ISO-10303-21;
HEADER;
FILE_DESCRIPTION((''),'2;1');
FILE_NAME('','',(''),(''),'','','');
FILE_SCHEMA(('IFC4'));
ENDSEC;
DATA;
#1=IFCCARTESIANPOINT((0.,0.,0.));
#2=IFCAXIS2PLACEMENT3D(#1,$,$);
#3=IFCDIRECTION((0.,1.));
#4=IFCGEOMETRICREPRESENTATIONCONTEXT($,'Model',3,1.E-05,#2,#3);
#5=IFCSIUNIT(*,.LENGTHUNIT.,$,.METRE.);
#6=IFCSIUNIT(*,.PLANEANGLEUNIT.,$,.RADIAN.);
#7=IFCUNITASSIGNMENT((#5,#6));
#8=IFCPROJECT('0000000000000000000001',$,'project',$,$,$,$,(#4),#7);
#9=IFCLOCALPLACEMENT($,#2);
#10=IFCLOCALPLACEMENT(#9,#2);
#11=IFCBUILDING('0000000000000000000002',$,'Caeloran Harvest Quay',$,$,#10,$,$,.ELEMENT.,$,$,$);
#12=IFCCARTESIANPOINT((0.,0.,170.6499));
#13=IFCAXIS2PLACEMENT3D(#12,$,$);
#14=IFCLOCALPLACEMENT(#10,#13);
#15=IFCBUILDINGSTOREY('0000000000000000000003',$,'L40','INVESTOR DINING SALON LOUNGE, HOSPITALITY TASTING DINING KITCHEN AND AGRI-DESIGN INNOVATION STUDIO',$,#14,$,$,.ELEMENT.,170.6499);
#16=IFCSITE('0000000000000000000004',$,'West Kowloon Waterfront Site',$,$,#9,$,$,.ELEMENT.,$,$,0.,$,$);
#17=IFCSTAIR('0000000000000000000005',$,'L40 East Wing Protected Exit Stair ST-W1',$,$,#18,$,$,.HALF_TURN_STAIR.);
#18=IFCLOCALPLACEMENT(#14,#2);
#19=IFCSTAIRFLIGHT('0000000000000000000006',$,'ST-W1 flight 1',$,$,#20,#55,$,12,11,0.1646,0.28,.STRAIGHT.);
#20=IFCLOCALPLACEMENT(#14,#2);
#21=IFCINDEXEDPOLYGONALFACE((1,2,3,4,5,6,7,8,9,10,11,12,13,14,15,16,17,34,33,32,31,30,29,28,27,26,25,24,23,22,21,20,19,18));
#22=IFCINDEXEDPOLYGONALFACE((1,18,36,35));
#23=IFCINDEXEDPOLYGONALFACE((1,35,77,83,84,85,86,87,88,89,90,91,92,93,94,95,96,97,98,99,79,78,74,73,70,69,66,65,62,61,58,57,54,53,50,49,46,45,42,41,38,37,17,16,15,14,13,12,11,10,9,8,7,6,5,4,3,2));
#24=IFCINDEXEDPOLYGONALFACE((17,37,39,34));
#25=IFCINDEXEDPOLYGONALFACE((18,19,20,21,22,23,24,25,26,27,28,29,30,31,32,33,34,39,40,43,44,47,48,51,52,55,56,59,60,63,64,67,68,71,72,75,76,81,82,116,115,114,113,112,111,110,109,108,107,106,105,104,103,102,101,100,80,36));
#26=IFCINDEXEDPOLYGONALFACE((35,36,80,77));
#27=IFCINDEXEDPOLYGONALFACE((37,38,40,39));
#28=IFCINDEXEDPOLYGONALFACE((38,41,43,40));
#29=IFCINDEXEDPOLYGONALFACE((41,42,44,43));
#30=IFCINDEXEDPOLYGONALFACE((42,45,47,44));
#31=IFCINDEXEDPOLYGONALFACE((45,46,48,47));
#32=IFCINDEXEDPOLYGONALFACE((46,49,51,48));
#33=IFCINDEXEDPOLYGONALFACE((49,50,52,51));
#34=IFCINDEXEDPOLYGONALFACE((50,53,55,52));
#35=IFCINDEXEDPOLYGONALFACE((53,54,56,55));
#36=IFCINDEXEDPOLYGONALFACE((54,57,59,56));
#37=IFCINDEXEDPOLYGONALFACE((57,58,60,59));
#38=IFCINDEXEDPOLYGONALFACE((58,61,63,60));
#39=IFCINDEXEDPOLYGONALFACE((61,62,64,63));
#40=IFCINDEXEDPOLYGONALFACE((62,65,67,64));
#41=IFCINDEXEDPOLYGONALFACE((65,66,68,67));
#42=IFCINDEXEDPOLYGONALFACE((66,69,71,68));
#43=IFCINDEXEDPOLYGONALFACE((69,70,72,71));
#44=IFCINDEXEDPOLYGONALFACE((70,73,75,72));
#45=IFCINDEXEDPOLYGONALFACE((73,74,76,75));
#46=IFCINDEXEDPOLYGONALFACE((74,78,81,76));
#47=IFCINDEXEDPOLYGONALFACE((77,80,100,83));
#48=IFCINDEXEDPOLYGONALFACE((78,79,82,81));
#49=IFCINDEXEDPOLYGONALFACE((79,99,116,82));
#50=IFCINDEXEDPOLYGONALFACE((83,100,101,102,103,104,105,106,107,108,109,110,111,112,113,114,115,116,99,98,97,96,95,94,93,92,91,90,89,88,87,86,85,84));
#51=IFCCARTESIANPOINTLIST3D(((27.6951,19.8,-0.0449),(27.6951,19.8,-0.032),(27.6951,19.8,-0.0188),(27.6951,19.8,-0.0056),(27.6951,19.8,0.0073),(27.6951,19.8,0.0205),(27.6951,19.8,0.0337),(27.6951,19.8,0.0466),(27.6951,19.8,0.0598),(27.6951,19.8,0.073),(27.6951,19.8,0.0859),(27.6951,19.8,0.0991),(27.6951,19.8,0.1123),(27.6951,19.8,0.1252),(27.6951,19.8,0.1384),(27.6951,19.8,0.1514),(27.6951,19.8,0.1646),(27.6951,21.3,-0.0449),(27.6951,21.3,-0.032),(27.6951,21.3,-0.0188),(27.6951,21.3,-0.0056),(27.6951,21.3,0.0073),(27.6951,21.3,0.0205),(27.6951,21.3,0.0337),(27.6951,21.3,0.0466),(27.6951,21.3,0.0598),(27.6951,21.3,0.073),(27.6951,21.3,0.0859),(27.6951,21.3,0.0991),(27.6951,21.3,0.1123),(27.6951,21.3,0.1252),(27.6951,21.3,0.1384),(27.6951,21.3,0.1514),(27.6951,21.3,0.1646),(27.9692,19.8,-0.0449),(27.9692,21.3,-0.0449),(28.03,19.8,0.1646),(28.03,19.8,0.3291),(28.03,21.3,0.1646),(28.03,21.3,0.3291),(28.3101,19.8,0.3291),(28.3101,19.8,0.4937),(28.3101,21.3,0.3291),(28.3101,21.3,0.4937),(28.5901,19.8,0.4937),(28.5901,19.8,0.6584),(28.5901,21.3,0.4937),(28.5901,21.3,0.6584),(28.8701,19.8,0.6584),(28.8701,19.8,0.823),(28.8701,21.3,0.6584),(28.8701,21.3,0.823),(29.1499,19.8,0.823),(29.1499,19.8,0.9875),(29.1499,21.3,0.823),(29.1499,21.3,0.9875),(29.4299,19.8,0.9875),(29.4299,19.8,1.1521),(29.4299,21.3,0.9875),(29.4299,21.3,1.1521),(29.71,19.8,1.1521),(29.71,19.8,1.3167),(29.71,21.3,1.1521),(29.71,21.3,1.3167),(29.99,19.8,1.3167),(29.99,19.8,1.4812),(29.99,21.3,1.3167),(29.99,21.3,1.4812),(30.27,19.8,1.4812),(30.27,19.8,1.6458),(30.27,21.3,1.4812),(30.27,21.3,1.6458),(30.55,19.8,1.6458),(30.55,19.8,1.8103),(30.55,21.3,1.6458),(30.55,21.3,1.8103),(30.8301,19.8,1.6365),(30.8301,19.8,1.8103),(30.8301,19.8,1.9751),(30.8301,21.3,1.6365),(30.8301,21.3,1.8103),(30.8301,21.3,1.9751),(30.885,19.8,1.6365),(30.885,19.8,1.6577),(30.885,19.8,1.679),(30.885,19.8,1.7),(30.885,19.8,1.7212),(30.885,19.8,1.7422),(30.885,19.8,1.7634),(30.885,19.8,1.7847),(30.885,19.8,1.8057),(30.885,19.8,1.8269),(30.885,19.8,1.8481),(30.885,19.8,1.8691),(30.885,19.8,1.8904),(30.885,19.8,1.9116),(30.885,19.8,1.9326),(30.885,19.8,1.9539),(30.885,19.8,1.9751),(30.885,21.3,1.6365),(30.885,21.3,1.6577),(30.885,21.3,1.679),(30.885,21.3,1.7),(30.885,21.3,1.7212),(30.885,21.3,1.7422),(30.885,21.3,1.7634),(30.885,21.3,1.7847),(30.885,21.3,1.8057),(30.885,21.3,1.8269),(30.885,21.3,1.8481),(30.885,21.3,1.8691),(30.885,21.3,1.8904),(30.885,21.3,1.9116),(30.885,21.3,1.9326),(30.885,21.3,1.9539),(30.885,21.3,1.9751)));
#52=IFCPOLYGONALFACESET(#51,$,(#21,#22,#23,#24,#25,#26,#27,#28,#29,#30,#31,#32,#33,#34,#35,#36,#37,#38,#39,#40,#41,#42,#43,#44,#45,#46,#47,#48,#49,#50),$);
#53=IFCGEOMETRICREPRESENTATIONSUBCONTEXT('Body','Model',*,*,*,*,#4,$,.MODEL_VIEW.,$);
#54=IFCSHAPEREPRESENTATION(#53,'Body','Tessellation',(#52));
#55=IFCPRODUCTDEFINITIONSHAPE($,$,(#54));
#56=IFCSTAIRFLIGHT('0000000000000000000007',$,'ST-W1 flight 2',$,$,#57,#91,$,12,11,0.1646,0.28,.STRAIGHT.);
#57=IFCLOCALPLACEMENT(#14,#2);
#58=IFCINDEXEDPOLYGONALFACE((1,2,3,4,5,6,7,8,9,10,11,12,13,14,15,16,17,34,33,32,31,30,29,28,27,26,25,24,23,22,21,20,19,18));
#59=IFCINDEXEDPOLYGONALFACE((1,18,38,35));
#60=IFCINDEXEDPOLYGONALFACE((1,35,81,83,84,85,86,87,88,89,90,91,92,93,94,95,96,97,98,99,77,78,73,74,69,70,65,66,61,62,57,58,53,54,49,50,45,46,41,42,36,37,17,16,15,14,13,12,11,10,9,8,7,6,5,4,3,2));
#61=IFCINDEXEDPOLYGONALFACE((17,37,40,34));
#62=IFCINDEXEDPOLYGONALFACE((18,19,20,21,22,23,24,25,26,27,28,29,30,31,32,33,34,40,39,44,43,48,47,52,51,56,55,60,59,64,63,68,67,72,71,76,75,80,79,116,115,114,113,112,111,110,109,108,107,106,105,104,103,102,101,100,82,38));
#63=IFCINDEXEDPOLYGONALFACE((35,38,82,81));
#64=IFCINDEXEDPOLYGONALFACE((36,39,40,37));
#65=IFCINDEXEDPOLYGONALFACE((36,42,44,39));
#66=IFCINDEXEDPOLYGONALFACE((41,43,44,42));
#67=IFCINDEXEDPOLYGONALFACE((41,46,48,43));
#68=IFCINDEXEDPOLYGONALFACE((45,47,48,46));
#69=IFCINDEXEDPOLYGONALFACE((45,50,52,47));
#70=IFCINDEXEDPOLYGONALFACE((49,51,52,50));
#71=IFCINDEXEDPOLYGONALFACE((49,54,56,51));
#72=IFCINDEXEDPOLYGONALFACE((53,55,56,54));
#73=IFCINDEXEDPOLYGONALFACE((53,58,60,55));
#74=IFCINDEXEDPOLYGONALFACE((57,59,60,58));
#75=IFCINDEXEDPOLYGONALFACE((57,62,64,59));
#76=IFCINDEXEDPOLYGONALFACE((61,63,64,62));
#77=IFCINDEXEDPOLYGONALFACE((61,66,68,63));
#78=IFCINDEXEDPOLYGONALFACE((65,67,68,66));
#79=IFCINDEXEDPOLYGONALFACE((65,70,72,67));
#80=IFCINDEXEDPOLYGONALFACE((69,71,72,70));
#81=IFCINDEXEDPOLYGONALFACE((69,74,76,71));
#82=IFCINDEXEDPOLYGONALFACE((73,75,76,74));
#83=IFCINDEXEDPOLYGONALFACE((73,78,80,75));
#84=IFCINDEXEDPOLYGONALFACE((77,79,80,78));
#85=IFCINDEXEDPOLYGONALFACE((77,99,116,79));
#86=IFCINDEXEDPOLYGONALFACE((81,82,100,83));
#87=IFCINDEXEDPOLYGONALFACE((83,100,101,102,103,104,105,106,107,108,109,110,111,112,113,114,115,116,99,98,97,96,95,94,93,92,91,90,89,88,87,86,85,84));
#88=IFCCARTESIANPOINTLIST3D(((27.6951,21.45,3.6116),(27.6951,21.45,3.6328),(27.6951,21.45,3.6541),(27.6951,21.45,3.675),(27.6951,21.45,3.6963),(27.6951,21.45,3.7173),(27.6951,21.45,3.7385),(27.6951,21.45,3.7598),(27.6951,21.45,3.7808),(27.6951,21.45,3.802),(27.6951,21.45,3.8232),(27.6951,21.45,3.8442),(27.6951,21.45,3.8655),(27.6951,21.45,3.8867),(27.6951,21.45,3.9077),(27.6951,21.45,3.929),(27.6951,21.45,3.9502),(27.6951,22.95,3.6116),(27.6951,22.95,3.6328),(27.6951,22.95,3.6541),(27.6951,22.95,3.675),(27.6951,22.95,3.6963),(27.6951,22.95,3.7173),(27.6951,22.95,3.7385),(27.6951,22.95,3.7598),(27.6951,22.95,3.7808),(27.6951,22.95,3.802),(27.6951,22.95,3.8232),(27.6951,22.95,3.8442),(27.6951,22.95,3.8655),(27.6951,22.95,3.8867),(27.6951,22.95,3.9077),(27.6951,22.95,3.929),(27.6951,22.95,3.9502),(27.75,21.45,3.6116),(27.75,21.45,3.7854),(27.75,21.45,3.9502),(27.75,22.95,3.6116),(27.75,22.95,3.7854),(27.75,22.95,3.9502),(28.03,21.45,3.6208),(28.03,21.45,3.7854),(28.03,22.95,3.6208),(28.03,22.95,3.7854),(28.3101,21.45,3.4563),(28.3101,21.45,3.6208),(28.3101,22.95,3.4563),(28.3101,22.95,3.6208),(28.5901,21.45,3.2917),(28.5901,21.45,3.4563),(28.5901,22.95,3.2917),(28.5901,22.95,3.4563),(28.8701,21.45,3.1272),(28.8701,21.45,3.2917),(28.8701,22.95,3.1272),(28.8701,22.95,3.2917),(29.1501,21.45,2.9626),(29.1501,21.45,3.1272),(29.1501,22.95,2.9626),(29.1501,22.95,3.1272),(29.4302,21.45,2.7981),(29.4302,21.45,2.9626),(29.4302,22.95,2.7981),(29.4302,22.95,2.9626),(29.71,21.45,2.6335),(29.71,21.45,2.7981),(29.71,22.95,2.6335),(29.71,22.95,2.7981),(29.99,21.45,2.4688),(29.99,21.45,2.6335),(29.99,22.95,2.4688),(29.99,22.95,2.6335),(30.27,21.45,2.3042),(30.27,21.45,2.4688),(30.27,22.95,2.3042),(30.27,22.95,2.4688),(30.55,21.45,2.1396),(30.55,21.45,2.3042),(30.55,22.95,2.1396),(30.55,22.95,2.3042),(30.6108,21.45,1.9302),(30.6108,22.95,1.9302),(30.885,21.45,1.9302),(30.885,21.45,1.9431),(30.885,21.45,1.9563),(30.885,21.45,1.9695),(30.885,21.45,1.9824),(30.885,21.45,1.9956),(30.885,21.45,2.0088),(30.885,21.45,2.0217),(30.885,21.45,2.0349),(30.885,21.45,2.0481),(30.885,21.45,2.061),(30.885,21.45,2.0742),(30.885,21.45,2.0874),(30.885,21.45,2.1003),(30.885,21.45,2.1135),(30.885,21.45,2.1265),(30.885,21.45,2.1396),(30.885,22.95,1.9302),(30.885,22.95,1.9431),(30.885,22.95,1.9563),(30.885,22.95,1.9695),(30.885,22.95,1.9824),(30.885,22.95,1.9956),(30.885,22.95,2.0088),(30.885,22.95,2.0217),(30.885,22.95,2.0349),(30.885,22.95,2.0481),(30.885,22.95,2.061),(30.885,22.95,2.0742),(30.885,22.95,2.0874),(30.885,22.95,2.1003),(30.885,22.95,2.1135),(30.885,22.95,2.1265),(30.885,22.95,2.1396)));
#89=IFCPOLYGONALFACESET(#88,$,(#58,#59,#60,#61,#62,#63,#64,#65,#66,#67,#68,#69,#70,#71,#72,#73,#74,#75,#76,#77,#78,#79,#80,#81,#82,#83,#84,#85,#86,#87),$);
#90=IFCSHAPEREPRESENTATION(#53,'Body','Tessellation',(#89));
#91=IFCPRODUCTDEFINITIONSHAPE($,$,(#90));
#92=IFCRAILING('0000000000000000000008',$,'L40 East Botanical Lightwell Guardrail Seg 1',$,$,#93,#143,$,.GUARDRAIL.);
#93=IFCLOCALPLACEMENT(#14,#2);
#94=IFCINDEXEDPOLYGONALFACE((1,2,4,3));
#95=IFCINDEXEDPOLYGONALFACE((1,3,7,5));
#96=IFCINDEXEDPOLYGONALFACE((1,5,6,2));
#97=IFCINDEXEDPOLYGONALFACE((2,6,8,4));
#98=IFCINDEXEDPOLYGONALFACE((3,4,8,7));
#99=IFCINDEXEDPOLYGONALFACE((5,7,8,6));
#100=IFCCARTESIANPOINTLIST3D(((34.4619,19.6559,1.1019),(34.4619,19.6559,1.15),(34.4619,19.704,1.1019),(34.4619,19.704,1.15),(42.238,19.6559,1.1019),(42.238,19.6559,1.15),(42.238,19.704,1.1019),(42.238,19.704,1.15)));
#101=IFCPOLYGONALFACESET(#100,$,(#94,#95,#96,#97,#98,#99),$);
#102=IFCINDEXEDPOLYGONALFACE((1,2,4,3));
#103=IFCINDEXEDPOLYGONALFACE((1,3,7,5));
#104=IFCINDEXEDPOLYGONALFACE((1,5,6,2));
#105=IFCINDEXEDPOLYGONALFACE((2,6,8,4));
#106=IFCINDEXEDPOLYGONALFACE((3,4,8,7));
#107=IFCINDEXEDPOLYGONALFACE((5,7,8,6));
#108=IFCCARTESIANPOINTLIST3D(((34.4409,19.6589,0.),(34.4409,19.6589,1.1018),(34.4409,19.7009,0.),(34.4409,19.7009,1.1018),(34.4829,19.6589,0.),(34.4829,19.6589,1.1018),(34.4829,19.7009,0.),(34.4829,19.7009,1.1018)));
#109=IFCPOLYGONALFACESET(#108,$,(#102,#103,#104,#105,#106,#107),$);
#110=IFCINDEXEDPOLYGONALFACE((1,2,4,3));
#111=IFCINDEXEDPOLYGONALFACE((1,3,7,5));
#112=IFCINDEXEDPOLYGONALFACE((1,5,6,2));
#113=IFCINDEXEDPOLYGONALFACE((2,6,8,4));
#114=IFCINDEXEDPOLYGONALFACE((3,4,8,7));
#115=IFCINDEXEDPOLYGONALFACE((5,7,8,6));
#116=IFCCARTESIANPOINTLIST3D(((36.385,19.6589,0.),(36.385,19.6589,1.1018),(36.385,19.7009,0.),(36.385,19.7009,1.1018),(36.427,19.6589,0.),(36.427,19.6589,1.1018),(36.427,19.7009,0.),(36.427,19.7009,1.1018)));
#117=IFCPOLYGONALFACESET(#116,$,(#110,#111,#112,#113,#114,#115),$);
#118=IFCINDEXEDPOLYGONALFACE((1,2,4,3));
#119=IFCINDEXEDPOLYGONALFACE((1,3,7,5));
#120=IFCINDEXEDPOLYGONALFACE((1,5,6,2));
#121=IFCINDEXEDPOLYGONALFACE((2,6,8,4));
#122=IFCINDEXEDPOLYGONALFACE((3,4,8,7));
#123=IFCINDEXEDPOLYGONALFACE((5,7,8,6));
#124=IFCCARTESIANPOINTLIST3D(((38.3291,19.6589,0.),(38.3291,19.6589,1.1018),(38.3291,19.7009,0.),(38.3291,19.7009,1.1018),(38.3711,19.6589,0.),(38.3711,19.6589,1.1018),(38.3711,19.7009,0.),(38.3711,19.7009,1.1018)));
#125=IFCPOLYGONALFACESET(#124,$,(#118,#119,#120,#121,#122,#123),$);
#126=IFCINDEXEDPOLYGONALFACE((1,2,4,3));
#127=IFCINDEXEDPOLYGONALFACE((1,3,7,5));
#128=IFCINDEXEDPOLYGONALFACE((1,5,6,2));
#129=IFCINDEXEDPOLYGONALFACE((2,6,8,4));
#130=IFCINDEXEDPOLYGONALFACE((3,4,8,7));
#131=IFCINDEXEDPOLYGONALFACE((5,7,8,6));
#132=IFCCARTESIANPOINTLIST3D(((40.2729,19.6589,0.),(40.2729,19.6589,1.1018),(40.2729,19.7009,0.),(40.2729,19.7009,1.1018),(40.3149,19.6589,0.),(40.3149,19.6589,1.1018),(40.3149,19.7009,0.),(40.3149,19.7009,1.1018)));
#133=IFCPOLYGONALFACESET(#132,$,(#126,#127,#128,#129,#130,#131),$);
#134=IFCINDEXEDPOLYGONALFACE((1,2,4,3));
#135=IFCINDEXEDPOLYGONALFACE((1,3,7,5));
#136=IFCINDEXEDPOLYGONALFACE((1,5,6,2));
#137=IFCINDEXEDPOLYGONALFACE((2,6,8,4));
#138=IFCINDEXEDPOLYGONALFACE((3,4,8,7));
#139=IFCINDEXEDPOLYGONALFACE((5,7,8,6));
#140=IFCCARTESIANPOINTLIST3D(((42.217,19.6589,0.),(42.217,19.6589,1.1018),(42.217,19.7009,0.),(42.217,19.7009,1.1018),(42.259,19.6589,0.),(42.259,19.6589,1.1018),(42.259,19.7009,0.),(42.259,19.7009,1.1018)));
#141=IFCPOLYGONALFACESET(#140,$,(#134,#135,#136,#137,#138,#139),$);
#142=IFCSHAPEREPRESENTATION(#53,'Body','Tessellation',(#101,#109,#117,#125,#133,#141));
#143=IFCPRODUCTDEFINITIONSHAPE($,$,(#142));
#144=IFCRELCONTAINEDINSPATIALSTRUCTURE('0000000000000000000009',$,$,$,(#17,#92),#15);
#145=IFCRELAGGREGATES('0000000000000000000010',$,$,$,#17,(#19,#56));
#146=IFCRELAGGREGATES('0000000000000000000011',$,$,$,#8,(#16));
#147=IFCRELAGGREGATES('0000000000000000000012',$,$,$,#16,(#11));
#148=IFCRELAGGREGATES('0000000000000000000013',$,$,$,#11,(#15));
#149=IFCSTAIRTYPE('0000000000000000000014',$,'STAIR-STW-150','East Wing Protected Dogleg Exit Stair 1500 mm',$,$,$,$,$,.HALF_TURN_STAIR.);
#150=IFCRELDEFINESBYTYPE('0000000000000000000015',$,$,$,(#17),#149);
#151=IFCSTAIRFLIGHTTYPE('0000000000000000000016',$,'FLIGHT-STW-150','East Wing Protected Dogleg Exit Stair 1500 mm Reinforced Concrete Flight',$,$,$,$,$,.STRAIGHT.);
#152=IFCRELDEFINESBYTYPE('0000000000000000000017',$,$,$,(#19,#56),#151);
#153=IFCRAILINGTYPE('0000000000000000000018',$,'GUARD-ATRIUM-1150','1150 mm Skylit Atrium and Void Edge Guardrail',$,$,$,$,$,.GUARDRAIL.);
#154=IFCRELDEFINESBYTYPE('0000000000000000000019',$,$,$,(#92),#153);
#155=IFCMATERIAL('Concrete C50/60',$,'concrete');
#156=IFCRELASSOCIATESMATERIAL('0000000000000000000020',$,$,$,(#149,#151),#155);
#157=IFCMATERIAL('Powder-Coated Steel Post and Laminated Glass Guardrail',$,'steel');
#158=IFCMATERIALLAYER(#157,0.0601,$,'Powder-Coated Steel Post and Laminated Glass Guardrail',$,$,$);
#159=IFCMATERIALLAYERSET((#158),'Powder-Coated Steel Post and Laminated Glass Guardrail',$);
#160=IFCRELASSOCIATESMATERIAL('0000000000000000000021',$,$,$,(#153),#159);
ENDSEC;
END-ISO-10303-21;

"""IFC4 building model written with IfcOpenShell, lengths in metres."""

from ifc_helpers import new_model, si_unit, direction, frame, origin, origin_2d, place, context, subcontext, project, spatial, polyline, rectangle, outline, extrude, material, layer, layer_set, type_object, element, aggregate, save


model = new_model("IFC4")

# Units and contexts
model_context = context("Model", 3, precision=1e-05, world=origin(), true_north=direction((0.0, 1.0)))
body_context = subcontext(model_context, "Body", "Model", "MODEL_VIEW")
ifc_project = project(units=[si_unit("LENGTHUNIT", "METRE"), si_unit("PLANEANGLEUNIT", "RADIAN")], contexts=[model_context])

# Site, building, storey
site_placement = place(None, origin())
site = spatial("IfcSite", under=ifc_project, at=site_placement, Name="West Kowloon Waterfront Site", CompositionType="ELEMENT", RefElevation=0.0)
building_placement = place(site_placement, origin())
building = spatial("IfcBuilding", under=site, at=building_placement, Name="Caeloran Harvest Quay", CompositionType="ELEMENT")
storey_placement = place(building_placement, frame((0.0, 0.0, 170.6499)))
storey = spatial("IfcBuildingStorey", under=building, at=storey_placement, Name="L40", Description="INVESTOR DINING SALON LOUNGE, HOSPITALITY TASTING DINING KITCHEN AND AGRI-DESIGN INNOVATION STUDIO", CompositionType="ELEMENT", Elevation=170.6499)

# Stair, stair flights
ifc_material_1 = material(Name="Concrete C50/60", Category="concrete")
stair_type = type_object("IfcStairType", Name="STAIR-STW-150", Description="East Wing Protected Dogleg Exit Stair 1500 mm", PredefinedType="HALF_TURN_STAIR", material=ifc_material_1)
stair_placement = place(storey_placement, origin())
stair = element("IfcStair", 1, at=stair_placement, inside=storey, type_object=stair_type, Name="L40 East Wing Protected Exit Stair ST-W1", PredefinedType="HALF_TURN_STAIR")
stair_flight_type = type_object("IfcStairFlightType", Name="FLIGHT-STW-150", Description="East Wing Protected Dogleg Exit Stair 1500 mm Reinforced Concrete Flight", PredefinedType="STRAIGHT", material=ifc_material_1)
stair_flight_1_placement = place(storey_placement, frame((27.75, 20.55, 0.0), z_axis=(0.0, 0.0, 1.0), x_axis=(1.0, 0.0, 0.0)))
stair_flight_1 = element("IfcStairFlight", 2, at=stair_flight_1_placement, type_object=stair_flight_type, Name="ST-W1 flight 1", NumberOfRisers=12, NumberOfTreads=11, PredefinedType="STRAIGHT", RiserHeight=0.1646, TreadLength=0.28, context=body_context, shape_type="SweptSolid", body=[
    extrude(outline(polyline([(-0.0549, -0.0449), (-0.0549, -0.032), (-0.0549, -0.0188), (-0.0549, -0.0056), (-0.0549, 0.0073), (-0.0549, 0.0205), (-0.0549, 0.0337), (-0.0549, 0.0466), (-0.0549, 0.0598), (-0.0549, 0.073), (-0.0549, 0.0859), (-0.0549, 0.0991), (-0.0549, 0.1123), (-0.0549, 0.1252), (-0.0549, 0.1384), (-0.0549, 0.1514), (-0.0549, 0.1646), (0.28, 0.1646), (0.28, 0.3291), (0.5601, 0.3291), (0.5601, 0.4937), (0.8401, 0.4937), (0.8401, 0.6584), (1.1201, 0.6584), (1.1201, 0.823), (1.3999, 0.823), (1.3999, 0.9875), (1.6799, 0.9875), (1.6799, 1.1521), (1.96, 1.1521), (1.96, 1.3167), (2.24, 1.3167), (2.24, 1.4812), (2.52, 1.4812), (2.52, 1.6458), (2.8, 1.6458), (2.8, 1.8103), (3.0801, 1.8103), (3.0801, 1.9751), (3.135, 1.9751), (3.135, 1.9539), (3.135, 1.9326), (3.135, 1.9116), (3.135, 1.8904), (3.135, 1.8691), (3.135, 1.8481), (3.135, 1.8269), (3.135, 1.8057), (3.135, 1.7847), (3.135, 1.7634), (3.135, 1.7422), (3.135, 1.7212), (3.135, 1.7), (3.135, 1.679), (3.135, 1.6577), (3.135, 1.6365), (3.0801, 1.6365), (0.2192, -0.0449), (-0.0549, -0.0449)])), frame((0.0, 0.75, 0.0), z_axis=(0.0, -1.0, 0.0), x_axis=(1.0, 0.0, 0.0)), (0.0, 0.0, 1.0), 1.5),
])
stair_flight_2_placement = place(storey_placement, frame((30.8301, 22.2, 1.9751), z_axis=(0.0, 0.0, 1.0), x_axis=(-1.0, 0.0, 0.0)))
stair_flight_2 = element("IfcStairFlight", 3, at=stair_flight_2_placement, type_object=stair_flight_type, Name="ST-W1 flight 2", NumberOfRisers=12, NumberOfTreads=11, PredefinedType="STRAIGHT", RiserHeight=0.1646, TreadLength=0.28, context=body_context, shape_type="SweptSolid", body=[
    extrude(outline(polyline([(-0.0549, -0.0449), (-0.0549, -0.032), (-0.0549, -0.0188), (-0.0549, -0.0056), (-0.0549, 0.0073), (-0.0549, 0.0205), (-0.0549, 0.0337), (-0.0549, 0.0466), (-0.0549, 0.0598), (-0.0549, 0.073), (-0.0549, 0.0859), (-0.0549, 0.0991), (-0.0549, 0.1123), (-0.0549, 0.1252), (-0.0549, 0.1384), (-0.0549, 0.1514), (-0.0549, 0.1646), (0.28, 0.1646), (0.28, 0.3291), (0.5601, 0.3291), (0.5601, 0.4937), (0.8401, 0.4937), (0.8401, 0.6584), (1.1201, 0.6584), (1.1201, 0.823), (1.3999, 0.823), (1.3999, 0.9875), (1.6799, 0.9875), (1.6799, 1.1521), (1.96, 1.1521), (1.96, 1.3167), (2.24, 1.3167), (2.24, 1.4812), (2.52, 1.4812), (2.52, 1.6458), (2.8, 1.6458), (2.8, 1.8103), (3.0801, 1.8103), (3.0801, 1.9751), (3.135, 1.9751), (3.135, 1.9539), (3.135, 1.9326), (3.135, 1.9116), (3.135, 1.8904), (3.135, 1.8691), (3.135, 1.8481), (3.135, 1.8269), (3.135, 1.8057), (3.135, 1.7847), (3.135, 1.7634), (3.135, 1.7422), (3.135, 1.7212), (3.135, 1.7), (3.135, 1.679), (3.135, 1.6577), (3.135, 1.6365), (3.0801, 1.6365), (0.2192, -0.0449), (-0.0549, -0.0449)])), frame((0.0, 0.75, 0.0), z_axis=(0.0, -1.0, 0.0), x_axis=(1.0, 0.0, 0.0)), (0.0, 0.0, 1.0), 1.5),
])
aggregate(stair, [stair_flight_1, stair_flight_2])

# Railing
ifc_material_2 = material(Name="Powder-Coated Steel Post and Laminated Glass Guardrail", Category="steel")
ifc_layer_1 = layer(ifc_material_2, 0.0601, Name="Powder-Coated Steel Post and Laminated Glass Guardrail")
ifc_layer_set_1 = layer_set([ifc_layer_1], Name="Powder-Coated Steel Post and Laminated Glass Guardrail")
railing_type_1 = type_object("IfcRailingType", Name="GUARD-ATRIUM-1150", Description="1150 mm Skylit Atrium and Void Edge Guardrail", PredefinedType="GUARDRAIL", material=ifc_layer_set_1)
railing_1_placement = place(storey_placement, frame((34.4619, 19.6799, 0.0)))
element("IfcRailing", 4, at=railing_1_placement, inside=storey, type_object=railing_type_1, Name="L40 East Botanical Lightwell Guardrail Seg 1", PredefinedType="GUARDRAIL", context=body_context, shape_type="SweptSolid", body=[
    extrude(rectangle(XDim=0.0481, YDim=0.0481, at=origin_2d()), frame((0.0, 0.0, 1.126), z_axis=(1.0, 0.0, 0.0), x_axis=(0.0, 1.0, 0.0)), (0.0, 0.0, 1.0), 7.7761),
    extrude(rectangle(XDim=0.042, YDim=0.042, at=origin_2d()), origin(), (0.0, 0.0, 1.0), 1.1018),
    extrude(rectangle(XDim=0.042, YDim=0.042, at=origin_2d()), frame((1.9441, 0.0, 0.0)), (0.0, 0.0, 1.0), 1.1018),
    extrude(rectangle(XDim=0.042, YDim=0.042, at=origin_2d()), frame((3.8882, 0.0, 0.0)), (0.0, 0.0, 1.0), 1.1018),
    extrude(rectangle(XDim=0.042, YDim=0.042, at=origin_2d()), frame((5.832, 0.0, 0.0)), (0.0, 0.0, 1.0), 1.1018),
    extrude(rectangle(XDim=0.042, YDim=0.042, at=origin_2d()), frame((7.7761, 0.0, 0.0)), (0.0, 0.0, 1.0), 1.1018),
])

save(model, "model.ifc")
